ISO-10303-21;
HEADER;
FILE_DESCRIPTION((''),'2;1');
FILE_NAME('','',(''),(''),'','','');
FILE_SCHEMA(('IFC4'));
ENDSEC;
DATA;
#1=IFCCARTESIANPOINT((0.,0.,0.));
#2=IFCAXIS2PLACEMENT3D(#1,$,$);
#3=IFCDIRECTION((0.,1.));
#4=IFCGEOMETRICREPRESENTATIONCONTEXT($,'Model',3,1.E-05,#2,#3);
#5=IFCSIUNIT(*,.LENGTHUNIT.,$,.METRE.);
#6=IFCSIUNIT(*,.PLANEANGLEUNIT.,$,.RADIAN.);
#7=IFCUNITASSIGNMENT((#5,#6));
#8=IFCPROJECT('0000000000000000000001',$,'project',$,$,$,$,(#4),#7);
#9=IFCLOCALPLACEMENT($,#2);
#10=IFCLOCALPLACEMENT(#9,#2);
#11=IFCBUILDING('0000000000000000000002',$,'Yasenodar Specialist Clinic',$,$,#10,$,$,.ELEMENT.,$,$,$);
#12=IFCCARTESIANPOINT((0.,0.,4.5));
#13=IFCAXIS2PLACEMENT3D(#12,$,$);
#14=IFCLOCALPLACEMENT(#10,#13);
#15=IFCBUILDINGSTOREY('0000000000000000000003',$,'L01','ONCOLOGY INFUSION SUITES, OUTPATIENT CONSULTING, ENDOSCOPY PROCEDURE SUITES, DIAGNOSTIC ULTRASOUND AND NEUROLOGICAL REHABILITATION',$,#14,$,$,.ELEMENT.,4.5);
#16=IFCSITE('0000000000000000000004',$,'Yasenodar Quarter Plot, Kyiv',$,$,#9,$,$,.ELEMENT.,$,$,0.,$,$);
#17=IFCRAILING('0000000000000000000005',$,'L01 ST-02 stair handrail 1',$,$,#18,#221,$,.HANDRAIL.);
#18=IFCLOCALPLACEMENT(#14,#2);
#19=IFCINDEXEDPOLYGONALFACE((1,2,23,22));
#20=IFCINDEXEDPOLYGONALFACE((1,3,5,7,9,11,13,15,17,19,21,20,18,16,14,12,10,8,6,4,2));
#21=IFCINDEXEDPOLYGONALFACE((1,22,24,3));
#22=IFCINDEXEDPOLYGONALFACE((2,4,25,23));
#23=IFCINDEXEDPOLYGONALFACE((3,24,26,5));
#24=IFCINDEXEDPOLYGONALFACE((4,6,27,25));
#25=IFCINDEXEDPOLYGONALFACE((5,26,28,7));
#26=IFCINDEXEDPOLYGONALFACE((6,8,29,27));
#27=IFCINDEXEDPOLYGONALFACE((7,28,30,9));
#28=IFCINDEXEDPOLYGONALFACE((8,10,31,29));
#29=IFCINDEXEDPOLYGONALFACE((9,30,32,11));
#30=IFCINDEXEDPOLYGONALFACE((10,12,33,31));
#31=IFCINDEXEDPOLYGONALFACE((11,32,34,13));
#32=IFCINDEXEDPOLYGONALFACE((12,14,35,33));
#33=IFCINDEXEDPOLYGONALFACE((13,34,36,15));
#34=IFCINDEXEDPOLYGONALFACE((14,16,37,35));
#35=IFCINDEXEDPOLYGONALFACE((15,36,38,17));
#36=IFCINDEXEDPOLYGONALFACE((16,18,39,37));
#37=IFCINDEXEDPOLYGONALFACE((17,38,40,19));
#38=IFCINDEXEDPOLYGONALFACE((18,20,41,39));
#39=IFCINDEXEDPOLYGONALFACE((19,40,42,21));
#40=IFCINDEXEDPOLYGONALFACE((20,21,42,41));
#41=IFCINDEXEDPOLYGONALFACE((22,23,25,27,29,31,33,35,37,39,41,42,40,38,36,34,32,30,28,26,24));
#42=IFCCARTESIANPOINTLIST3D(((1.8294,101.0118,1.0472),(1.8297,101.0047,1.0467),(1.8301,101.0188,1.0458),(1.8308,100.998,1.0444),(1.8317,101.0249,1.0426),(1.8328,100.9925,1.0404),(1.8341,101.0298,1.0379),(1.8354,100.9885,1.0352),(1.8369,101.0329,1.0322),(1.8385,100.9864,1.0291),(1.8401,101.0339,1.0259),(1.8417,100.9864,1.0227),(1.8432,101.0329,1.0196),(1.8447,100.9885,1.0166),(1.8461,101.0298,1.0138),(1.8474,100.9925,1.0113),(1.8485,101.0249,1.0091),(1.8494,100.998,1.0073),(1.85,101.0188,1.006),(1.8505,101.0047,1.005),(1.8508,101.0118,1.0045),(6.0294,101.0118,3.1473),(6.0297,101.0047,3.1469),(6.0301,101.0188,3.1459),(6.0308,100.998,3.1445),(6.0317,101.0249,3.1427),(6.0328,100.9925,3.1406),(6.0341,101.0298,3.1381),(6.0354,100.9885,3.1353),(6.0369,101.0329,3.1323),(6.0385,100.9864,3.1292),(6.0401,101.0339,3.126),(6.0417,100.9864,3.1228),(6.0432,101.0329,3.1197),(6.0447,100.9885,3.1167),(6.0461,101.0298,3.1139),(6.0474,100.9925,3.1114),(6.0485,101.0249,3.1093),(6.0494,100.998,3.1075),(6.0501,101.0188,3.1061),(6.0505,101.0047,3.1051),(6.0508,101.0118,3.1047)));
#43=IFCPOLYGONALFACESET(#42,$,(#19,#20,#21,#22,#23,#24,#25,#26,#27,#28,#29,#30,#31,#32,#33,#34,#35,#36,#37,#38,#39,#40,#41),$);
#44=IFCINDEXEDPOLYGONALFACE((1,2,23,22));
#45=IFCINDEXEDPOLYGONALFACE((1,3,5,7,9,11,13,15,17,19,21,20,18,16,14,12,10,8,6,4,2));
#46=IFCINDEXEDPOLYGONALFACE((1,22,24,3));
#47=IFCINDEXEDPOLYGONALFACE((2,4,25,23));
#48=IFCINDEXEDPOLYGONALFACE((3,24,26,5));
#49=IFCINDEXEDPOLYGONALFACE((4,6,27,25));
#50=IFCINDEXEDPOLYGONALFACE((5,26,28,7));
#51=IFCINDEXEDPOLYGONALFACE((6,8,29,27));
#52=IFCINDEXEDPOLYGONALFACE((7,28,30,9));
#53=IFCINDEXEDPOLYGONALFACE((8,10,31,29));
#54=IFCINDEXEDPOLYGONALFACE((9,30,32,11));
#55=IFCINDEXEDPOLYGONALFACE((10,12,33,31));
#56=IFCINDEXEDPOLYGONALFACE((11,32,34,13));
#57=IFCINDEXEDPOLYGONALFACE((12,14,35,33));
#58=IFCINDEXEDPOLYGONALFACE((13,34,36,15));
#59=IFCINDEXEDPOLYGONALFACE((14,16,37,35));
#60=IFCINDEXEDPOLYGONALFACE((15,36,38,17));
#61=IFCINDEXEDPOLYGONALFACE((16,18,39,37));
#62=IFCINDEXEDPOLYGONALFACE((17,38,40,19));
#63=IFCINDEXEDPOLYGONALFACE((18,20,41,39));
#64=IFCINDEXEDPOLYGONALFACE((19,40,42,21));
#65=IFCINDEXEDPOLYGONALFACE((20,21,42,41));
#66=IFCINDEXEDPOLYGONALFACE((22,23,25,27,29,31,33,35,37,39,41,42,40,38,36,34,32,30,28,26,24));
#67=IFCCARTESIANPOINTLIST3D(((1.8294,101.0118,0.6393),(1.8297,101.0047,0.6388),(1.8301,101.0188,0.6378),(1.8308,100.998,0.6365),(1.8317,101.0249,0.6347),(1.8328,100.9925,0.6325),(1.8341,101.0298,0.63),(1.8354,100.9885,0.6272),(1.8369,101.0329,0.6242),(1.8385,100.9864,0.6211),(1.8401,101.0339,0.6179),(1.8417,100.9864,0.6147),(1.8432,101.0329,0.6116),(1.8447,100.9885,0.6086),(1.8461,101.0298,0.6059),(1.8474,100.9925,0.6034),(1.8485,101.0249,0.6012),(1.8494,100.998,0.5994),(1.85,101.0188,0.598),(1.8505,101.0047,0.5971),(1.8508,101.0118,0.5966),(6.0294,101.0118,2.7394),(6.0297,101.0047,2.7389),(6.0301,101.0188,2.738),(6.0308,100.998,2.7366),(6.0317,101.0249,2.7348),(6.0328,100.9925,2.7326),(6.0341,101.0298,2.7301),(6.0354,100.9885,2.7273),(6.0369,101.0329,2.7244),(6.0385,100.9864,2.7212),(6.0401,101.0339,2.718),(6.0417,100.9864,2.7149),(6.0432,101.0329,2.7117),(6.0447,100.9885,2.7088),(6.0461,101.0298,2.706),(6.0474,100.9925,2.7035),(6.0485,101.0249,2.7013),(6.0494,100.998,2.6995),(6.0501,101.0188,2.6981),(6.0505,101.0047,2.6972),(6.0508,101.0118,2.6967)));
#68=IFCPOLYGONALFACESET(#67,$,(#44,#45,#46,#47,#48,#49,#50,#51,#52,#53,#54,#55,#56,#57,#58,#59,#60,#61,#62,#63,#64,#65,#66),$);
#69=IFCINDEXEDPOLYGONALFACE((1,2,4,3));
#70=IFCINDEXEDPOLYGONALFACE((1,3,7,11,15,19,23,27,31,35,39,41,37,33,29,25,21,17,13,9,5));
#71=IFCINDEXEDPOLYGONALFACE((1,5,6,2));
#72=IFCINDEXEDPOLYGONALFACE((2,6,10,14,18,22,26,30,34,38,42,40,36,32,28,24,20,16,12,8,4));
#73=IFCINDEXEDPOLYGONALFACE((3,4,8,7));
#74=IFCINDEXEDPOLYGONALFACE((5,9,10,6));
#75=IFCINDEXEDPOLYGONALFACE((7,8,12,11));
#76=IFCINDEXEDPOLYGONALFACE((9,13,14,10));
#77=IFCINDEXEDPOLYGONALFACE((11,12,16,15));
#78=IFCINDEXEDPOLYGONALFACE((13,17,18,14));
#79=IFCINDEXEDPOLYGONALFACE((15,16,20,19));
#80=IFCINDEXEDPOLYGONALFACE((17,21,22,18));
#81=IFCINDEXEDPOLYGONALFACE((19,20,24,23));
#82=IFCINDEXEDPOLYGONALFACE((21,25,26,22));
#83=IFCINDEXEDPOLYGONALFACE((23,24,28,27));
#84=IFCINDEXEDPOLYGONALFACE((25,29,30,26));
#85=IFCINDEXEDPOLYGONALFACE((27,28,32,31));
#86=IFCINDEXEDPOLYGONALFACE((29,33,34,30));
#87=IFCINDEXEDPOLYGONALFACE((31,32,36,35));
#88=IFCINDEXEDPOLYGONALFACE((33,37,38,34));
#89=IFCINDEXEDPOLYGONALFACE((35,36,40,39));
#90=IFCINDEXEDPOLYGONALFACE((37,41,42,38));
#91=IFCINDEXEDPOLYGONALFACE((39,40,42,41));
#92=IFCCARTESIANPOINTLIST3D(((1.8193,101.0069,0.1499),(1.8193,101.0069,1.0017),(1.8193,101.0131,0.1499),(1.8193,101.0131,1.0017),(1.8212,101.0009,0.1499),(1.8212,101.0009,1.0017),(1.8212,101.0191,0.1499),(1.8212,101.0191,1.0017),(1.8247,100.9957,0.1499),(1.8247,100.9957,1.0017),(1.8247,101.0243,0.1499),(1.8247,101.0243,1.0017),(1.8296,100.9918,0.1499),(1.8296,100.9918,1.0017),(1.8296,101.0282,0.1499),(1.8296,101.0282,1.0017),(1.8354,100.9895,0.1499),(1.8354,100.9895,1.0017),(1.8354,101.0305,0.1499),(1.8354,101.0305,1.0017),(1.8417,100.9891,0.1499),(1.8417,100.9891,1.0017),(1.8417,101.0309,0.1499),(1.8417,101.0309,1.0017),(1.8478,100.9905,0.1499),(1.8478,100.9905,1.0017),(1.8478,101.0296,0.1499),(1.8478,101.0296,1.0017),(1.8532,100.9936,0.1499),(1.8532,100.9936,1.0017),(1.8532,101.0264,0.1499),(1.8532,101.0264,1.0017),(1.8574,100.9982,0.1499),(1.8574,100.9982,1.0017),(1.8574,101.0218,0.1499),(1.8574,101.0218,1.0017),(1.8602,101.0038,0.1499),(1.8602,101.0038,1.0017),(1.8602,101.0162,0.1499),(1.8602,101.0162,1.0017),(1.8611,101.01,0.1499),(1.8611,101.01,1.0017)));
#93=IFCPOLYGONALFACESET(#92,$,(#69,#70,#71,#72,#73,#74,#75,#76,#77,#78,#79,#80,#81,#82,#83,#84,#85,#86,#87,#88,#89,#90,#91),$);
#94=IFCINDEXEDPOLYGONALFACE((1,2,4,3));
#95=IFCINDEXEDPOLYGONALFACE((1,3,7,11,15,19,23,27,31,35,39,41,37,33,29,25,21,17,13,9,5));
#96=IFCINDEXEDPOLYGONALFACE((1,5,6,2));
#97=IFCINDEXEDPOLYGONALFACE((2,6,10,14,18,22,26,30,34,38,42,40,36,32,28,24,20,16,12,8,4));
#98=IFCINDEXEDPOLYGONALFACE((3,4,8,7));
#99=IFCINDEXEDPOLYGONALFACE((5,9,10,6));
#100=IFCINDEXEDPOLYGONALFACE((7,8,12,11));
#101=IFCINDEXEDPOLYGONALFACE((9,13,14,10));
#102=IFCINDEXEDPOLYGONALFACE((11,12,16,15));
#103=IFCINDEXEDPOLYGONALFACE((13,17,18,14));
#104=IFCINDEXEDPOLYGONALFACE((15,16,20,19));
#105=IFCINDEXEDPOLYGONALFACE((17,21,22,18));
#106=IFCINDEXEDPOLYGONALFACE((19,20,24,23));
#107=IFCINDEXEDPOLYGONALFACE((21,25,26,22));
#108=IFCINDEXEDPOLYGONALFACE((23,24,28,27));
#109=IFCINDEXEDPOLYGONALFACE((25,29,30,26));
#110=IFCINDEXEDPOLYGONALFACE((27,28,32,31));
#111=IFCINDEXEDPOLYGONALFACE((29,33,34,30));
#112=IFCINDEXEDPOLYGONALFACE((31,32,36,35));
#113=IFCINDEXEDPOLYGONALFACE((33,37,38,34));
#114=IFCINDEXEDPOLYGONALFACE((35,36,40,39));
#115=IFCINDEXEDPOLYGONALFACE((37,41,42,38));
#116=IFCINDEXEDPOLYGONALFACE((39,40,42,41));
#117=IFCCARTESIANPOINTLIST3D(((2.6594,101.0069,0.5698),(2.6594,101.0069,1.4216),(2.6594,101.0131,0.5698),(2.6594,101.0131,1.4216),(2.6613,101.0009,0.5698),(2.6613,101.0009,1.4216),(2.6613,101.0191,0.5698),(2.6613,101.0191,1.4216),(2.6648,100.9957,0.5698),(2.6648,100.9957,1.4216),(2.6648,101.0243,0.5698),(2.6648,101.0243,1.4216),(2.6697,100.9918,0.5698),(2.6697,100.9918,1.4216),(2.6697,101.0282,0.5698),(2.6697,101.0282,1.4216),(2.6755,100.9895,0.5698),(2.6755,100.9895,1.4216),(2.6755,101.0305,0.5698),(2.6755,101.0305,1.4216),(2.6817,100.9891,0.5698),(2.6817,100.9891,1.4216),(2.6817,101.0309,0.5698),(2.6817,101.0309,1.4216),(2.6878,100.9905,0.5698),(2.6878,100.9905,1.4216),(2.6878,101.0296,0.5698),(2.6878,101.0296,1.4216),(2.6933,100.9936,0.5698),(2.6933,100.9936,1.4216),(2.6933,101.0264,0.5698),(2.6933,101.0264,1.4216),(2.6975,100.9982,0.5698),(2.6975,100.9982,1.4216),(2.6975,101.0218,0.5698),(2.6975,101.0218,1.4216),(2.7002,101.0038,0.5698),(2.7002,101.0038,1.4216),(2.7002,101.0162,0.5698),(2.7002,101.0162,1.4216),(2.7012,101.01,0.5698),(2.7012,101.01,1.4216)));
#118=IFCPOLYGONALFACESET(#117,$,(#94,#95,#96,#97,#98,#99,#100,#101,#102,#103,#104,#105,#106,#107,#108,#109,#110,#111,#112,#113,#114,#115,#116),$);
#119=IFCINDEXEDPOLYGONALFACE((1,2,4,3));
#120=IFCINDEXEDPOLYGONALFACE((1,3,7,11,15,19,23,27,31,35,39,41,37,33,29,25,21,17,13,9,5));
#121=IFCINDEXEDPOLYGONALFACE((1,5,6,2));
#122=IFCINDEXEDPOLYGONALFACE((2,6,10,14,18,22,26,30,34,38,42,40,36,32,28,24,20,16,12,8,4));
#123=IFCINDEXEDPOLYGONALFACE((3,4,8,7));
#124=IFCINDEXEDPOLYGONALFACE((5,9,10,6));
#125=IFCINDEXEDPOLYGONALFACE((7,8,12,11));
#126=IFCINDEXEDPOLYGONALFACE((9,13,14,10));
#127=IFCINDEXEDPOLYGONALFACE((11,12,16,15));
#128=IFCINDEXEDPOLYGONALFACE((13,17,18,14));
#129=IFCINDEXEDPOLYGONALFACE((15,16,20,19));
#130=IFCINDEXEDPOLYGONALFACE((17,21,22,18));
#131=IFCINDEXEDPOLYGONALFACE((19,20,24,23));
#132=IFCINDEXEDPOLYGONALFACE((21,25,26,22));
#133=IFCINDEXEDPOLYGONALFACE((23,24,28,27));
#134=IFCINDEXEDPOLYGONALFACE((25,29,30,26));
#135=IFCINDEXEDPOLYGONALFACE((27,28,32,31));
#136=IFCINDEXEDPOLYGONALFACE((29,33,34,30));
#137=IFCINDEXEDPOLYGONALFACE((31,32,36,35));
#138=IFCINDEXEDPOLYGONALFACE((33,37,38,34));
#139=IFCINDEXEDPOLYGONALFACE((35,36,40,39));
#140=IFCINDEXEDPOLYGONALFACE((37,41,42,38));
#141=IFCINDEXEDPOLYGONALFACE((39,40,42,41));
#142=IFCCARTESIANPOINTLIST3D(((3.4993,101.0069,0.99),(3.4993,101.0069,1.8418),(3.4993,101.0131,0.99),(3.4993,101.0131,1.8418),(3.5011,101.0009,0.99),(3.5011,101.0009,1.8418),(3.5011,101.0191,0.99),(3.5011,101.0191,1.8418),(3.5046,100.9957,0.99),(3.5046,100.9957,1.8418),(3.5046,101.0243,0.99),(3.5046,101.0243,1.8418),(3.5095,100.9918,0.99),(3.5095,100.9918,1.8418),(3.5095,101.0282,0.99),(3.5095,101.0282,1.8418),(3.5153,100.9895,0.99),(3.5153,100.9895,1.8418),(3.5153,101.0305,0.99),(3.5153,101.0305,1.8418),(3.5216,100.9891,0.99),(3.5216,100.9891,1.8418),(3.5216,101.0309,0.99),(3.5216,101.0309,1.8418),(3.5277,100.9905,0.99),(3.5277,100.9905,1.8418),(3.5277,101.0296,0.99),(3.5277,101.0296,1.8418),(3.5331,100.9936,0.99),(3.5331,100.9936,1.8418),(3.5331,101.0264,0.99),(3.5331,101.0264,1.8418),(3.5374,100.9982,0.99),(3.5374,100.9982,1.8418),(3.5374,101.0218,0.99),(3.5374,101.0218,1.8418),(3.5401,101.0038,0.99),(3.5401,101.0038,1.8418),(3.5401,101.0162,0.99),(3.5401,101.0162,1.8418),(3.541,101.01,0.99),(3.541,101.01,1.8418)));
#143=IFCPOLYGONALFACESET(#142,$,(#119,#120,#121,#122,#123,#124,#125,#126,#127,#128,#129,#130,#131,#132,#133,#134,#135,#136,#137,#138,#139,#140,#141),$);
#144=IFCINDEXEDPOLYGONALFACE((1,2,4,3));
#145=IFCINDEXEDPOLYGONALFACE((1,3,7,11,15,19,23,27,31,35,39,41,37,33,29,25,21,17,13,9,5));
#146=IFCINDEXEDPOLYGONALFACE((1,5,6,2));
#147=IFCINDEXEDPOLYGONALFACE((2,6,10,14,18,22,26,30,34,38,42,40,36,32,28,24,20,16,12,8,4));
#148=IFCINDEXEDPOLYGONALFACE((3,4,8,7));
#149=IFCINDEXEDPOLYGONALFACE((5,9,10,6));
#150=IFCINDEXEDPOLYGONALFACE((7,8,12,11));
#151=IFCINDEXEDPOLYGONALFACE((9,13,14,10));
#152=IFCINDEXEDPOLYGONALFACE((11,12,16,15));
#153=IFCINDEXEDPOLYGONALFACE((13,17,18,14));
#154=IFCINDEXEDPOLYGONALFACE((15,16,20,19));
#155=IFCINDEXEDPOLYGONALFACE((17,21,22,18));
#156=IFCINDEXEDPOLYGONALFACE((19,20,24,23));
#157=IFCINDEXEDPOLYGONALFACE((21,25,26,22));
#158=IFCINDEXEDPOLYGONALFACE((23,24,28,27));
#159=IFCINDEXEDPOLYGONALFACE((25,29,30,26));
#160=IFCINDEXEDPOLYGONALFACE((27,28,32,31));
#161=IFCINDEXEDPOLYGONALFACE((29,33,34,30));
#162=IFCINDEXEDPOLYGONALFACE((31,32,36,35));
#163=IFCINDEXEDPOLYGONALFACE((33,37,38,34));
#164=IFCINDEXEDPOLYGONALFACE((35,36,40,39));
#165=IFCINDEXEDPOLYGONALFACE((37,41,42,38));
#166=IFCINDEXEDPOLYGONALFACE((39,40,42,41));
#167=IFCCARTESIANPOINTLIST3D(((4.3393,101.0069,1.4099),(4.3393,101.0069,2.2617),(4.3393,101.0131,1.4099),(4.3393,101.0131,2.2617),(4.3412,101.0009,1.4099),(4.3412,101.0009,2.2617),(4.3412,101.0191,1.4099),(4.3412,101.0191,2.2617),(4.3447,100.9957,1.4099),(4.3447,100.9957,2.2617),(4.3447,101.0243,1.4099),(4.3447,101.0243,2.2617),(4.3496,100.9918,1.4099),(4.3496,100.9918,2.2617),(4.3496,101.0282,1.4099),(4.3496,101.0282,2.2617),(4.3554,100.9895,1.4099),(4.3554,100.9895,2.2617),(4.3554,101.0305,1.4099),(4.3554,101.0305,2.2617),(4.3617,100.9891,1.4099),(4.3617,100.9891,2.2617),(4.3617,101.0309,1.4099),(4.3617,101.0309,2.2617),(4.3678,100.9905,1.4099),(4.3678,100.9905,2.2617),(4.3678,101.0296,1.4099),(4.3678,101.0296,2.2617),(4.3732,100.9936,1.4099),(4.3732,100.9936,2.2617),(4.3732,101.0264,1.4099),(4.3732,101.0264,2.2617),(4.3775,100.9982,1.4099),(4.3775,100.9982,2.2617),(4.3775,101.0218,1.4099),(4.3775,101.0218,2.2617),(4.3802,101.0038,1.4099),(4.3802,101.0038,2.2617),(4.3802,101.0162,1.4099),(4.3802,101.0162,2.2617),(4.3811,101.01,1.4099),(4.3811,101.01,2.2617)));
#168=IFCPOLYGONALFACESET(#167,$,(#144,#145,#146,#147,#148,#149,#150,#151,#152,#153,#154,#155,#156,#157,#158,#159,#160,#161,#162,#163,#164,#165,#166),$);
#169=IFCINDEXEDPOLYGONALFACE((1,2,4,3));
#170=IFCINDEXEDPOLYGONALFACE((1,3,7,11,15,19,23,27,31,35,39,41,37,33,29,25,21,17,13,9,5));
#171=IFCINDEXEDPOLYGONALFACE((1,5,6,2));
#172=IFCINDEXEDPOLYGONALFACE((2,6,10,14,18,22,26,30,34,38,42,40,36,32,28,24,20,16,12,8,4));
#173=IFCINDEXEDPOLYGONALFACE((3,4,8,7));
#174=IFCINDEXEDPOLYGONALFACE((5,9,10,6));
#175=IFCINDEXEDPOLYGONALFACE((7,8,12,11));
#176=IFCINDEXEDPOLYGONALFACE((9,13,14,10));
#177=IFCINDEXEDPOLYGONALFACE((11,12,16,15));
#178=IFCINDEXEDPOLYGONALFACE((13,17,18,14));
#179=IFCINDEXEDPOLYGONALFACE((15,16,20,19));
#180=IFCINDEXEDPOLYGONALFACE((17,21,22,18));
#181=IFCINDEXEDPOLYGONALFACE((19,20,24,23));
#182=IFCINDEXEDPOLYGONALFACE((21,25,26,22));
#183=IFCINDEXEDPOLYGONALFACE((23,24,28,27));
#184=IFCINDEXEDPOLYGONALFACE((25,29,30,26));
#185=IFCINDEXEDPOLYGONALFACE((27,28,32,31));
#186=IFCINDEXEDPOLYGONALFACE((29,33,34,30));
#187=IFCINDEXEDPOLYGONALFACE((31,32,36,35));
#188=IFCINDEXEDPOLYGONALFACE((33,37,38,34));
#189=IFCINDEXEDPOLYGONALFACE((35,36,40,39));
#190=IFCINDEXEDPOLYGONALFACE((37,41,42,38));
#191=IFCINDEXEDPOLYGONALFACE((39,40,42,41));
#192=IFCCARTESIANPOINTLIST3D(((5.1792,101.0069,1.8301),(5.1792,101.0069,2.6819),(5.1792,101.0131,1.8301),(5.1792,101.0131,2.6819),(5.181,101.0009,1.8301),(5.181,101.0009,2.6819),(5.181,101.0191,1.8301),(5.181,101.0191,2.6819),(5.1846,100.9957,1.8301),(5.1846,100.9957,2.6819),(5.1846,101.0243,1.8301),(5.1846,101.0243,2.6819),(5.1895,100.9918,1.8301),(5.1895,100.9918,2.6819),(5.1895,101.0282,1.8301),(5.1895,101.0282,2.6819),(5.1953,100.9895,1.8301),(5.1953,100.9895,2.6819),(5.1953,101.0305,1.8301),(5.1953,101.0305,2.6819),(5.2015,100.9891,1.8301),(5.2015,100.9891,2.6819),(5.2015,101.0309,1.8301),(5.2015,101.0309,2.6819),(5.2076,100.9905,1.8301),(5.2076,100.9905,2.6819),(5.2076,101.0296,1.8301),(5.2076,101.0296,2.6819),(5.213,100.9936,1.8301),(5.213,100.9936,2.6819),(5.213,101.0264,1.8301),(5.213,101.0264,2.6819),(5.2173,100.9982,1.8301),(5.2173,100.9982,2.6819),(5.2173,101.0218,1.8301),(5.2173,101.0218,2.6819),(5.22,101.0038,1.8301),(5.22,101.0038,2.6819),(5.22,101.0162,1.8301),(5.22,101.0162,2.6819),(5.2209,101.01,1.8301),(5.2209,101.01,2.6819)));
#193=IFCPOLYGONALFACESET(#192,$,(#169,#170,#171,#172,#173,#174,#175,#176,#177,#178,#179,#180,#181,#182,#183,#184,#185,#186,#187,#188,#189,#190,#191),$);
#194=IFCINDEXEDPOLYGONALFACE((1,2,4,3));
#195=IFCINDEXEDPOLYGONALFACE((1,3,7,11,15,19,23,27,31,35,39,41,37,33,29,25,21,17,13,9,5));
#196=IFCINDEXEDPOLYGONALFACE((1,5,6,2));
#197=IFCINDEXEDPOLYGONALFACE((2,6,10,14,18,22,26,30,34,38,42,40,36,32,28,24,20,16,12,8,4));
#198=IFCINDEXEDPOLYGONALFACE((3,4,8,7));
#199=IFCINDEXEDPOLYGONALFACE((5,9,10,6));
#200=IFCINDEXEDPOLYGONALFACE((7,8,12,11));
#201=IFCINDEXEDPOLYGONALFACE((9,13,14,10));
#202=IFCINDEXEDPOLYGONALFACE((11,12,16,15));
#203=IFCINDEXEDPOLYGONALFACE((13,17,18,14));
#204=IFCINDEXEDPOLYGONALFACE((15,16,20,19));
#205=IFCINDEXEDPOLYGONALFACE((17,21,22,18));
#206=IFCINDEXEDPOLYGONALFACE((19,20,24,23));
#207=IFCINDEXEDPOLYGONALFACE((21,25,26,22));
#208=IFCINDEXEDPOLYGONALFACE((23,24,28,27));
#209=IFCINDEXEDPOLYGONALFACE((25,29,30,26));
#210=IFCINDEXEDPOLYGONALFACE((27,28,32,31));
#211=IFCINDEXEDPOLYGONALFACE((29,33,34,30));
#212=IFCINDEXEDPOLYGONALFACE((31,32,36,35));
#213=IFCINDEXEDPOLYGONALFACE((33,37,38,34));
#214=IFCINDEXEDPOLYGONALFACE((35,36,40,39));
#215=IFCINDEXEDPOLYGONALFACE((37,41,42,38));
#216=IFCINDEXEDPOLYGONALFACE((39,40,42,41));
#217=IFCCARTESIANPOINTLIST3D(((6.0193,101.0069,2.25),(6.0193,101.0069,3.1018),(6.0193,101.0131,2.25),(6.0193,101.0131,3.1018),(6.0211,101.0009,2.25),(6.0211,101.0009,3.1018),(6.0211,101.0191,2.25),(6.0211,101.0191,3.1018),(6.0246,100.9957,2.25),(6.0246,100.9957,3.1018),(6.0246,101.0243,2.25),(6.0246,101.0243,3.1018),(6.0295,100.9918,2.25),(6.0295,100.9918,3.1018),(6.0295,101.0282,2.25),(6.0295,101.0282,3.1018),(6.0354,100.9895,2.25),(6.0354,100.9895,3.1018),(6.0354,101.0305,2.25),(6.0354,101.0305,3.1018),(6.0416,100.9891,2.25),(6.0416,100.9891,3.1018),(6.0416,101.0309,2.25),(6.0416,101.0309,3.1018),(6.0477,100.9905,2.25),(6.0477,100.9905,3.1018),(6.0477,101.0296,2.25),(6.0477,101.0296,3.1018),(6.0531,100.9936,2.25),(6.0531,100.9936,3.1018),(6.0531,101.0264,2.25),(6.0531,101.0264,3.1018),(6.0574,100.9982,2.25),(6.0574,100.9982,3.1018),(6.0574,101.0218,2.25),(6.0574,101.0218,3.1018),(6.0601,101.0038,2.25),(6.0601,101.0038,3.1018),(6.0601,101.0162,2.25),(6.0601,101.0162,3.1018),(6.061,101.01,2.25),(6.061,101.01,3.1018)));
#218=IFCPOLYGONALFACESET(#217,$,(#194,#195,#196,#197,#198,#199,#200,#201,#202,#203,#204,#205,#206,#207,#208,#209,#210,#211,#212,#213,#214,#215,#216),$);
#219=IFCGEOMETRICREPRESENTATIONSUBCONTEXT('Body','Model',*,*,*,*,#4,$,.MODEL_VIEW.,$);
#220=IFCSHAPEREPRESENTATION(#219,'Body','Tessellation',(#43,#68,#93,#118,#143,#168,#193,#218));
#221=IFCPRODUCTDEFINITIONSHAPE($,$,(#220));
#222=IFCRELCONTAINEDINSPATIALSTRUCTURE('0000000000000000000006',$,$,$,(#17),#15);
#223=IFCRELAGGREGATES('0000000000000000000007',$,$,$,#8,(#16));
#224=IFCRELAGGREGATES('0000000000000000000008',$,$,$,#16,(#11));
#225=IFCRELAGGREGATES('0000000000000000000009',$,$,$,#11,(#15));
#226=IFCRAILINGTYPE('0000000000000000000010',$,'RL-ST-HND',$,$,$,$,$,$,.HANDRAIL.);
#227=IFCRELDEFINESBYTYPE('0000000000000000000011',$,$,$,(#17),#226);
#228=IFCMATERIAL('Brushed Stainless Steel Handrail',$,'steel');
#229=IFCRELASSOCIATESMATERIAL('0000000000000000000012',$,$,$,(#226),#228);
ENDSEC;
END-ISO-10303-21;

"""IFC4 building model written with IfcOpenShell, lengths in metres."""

from ifc_helpers import new_model, si_unit, direction, frame, origin, origin_2d, place, context, subcontext, project, spatial, circle, extrude, material, type_object, element, save


model = new_model("IFC4")

# Units and contexts
model_context = context("Model", 3, precision=1e-05, world=origin(), true_north=direction((0.0, 1.0)))
body_context = subcontext(model_context, "Body", "Model", "MODEL_VIEW")
ifc_project = project(units=[si_unit("LENGTHUNIT", "METRE"), si_unit("PLANEANGLEUNIT", "RADIAN")], contexts=[model_context])

# Site, building, storey
site_placement = place(None, origin())
site = spatial("IfcSite", under=ifc_project, at=site_placement, Name="Yasenodar Quarter Plot, Kyiv", CompositionType="ELEMENT", RefElevation=0.0)
building_placement = place(site_placement, origin())
building = spatial("IfcBuilding", under=site, at=building_placement, Name="Yasenodar Specialist Clinic", CompositionType="ELEMENT")
storey_placement = place(building_placement, frame((0.0, 0.0, 4.5)))
storey = spatial("IfcBuildingStorey", under=building, at=storey_placement, Name="L01", Description="ONCOLOGY INFUSION SUITES, OUTPATIENT CONSULTING, ENDOSCOPY PROCEDURE SUITES, DIAGNOSTIC ULTRASOUND AND NEUROLOGICAL REHABILITATION", CompositionType="ELEMENT", Elevation=4.5)

# Railing
ifc_material_1 = material(Name="Brushed Stainless Steel Handrail", Category="steel")
railing_type_1 = type_object("IfcRailingType", Name="RL-ST-HND", PredefinedType="HANDRAIL", material=ifc_material_1)
railing_1_placement = place(storey_placement, frame((1.8401, 101.01, 0.1499)))
element("IfcRailing", 1, at=railing_1_placement, inside=storey, type_object=railing_type_1, Name="L01 ST-02 stair handrail 1", PredefinedType="HANDRAIL", context=body_context, shape_type="SweptSolid", body=[
    extrude(circle(Radius=0.0239, at=origin_2d()), frame((0.0, 0.0, 0.876), z_axis=(0.894417, 0.0, 0.447234), x_axis=(0.0, 1.0, 0.0)), (0.0, 0.0, 1.0), 4.6958),
    extrude(circle(Radius=0.0239, at=origin_2d()), frame((0.0, 0.0, 0.468), z_axis=(0.894417, 0.0, 0.447234), x_axis=(0.0, 1.0, 0.0)), (0.0, 0.0, 1.0), 4.6958),
    extrude(circle(Radius=0.021, at=origin_2d()), origin(), (0.0, 0.0, 1.0), 0.8518),
    extrude(circle(Radius=0.021, at=origin_2d()), frame((0.8401, 0.0, 0.4199)), (0.0, 0.0, 1.0), 0.8518),
    extrude(circle(Radius=0.021, at=origin_2d()), frame((1.6799, 0.0, 0.8401)), (0.0, 0.0, 1.0), 0.8518),
    extrude(circle(Radius=0.021, at=origin_2d()), frame((2.52, 0.0, 1.26)), (0.0, 0.0, 1.0), 0.8518),
    extrude(circle(Radius=0.021, at=origin_2d()), frame((3.3599, 0.0, 1.6802)), (0.0, 0.0, 1.0), 0.8518),
    extrude(circle(Radius=0.021, at=origin_2d()), frame((4.2, 0.0, 2.1001)), (0.0, 0.0, 1.0), 0.8518),
])

save(model, "model.ifc")
